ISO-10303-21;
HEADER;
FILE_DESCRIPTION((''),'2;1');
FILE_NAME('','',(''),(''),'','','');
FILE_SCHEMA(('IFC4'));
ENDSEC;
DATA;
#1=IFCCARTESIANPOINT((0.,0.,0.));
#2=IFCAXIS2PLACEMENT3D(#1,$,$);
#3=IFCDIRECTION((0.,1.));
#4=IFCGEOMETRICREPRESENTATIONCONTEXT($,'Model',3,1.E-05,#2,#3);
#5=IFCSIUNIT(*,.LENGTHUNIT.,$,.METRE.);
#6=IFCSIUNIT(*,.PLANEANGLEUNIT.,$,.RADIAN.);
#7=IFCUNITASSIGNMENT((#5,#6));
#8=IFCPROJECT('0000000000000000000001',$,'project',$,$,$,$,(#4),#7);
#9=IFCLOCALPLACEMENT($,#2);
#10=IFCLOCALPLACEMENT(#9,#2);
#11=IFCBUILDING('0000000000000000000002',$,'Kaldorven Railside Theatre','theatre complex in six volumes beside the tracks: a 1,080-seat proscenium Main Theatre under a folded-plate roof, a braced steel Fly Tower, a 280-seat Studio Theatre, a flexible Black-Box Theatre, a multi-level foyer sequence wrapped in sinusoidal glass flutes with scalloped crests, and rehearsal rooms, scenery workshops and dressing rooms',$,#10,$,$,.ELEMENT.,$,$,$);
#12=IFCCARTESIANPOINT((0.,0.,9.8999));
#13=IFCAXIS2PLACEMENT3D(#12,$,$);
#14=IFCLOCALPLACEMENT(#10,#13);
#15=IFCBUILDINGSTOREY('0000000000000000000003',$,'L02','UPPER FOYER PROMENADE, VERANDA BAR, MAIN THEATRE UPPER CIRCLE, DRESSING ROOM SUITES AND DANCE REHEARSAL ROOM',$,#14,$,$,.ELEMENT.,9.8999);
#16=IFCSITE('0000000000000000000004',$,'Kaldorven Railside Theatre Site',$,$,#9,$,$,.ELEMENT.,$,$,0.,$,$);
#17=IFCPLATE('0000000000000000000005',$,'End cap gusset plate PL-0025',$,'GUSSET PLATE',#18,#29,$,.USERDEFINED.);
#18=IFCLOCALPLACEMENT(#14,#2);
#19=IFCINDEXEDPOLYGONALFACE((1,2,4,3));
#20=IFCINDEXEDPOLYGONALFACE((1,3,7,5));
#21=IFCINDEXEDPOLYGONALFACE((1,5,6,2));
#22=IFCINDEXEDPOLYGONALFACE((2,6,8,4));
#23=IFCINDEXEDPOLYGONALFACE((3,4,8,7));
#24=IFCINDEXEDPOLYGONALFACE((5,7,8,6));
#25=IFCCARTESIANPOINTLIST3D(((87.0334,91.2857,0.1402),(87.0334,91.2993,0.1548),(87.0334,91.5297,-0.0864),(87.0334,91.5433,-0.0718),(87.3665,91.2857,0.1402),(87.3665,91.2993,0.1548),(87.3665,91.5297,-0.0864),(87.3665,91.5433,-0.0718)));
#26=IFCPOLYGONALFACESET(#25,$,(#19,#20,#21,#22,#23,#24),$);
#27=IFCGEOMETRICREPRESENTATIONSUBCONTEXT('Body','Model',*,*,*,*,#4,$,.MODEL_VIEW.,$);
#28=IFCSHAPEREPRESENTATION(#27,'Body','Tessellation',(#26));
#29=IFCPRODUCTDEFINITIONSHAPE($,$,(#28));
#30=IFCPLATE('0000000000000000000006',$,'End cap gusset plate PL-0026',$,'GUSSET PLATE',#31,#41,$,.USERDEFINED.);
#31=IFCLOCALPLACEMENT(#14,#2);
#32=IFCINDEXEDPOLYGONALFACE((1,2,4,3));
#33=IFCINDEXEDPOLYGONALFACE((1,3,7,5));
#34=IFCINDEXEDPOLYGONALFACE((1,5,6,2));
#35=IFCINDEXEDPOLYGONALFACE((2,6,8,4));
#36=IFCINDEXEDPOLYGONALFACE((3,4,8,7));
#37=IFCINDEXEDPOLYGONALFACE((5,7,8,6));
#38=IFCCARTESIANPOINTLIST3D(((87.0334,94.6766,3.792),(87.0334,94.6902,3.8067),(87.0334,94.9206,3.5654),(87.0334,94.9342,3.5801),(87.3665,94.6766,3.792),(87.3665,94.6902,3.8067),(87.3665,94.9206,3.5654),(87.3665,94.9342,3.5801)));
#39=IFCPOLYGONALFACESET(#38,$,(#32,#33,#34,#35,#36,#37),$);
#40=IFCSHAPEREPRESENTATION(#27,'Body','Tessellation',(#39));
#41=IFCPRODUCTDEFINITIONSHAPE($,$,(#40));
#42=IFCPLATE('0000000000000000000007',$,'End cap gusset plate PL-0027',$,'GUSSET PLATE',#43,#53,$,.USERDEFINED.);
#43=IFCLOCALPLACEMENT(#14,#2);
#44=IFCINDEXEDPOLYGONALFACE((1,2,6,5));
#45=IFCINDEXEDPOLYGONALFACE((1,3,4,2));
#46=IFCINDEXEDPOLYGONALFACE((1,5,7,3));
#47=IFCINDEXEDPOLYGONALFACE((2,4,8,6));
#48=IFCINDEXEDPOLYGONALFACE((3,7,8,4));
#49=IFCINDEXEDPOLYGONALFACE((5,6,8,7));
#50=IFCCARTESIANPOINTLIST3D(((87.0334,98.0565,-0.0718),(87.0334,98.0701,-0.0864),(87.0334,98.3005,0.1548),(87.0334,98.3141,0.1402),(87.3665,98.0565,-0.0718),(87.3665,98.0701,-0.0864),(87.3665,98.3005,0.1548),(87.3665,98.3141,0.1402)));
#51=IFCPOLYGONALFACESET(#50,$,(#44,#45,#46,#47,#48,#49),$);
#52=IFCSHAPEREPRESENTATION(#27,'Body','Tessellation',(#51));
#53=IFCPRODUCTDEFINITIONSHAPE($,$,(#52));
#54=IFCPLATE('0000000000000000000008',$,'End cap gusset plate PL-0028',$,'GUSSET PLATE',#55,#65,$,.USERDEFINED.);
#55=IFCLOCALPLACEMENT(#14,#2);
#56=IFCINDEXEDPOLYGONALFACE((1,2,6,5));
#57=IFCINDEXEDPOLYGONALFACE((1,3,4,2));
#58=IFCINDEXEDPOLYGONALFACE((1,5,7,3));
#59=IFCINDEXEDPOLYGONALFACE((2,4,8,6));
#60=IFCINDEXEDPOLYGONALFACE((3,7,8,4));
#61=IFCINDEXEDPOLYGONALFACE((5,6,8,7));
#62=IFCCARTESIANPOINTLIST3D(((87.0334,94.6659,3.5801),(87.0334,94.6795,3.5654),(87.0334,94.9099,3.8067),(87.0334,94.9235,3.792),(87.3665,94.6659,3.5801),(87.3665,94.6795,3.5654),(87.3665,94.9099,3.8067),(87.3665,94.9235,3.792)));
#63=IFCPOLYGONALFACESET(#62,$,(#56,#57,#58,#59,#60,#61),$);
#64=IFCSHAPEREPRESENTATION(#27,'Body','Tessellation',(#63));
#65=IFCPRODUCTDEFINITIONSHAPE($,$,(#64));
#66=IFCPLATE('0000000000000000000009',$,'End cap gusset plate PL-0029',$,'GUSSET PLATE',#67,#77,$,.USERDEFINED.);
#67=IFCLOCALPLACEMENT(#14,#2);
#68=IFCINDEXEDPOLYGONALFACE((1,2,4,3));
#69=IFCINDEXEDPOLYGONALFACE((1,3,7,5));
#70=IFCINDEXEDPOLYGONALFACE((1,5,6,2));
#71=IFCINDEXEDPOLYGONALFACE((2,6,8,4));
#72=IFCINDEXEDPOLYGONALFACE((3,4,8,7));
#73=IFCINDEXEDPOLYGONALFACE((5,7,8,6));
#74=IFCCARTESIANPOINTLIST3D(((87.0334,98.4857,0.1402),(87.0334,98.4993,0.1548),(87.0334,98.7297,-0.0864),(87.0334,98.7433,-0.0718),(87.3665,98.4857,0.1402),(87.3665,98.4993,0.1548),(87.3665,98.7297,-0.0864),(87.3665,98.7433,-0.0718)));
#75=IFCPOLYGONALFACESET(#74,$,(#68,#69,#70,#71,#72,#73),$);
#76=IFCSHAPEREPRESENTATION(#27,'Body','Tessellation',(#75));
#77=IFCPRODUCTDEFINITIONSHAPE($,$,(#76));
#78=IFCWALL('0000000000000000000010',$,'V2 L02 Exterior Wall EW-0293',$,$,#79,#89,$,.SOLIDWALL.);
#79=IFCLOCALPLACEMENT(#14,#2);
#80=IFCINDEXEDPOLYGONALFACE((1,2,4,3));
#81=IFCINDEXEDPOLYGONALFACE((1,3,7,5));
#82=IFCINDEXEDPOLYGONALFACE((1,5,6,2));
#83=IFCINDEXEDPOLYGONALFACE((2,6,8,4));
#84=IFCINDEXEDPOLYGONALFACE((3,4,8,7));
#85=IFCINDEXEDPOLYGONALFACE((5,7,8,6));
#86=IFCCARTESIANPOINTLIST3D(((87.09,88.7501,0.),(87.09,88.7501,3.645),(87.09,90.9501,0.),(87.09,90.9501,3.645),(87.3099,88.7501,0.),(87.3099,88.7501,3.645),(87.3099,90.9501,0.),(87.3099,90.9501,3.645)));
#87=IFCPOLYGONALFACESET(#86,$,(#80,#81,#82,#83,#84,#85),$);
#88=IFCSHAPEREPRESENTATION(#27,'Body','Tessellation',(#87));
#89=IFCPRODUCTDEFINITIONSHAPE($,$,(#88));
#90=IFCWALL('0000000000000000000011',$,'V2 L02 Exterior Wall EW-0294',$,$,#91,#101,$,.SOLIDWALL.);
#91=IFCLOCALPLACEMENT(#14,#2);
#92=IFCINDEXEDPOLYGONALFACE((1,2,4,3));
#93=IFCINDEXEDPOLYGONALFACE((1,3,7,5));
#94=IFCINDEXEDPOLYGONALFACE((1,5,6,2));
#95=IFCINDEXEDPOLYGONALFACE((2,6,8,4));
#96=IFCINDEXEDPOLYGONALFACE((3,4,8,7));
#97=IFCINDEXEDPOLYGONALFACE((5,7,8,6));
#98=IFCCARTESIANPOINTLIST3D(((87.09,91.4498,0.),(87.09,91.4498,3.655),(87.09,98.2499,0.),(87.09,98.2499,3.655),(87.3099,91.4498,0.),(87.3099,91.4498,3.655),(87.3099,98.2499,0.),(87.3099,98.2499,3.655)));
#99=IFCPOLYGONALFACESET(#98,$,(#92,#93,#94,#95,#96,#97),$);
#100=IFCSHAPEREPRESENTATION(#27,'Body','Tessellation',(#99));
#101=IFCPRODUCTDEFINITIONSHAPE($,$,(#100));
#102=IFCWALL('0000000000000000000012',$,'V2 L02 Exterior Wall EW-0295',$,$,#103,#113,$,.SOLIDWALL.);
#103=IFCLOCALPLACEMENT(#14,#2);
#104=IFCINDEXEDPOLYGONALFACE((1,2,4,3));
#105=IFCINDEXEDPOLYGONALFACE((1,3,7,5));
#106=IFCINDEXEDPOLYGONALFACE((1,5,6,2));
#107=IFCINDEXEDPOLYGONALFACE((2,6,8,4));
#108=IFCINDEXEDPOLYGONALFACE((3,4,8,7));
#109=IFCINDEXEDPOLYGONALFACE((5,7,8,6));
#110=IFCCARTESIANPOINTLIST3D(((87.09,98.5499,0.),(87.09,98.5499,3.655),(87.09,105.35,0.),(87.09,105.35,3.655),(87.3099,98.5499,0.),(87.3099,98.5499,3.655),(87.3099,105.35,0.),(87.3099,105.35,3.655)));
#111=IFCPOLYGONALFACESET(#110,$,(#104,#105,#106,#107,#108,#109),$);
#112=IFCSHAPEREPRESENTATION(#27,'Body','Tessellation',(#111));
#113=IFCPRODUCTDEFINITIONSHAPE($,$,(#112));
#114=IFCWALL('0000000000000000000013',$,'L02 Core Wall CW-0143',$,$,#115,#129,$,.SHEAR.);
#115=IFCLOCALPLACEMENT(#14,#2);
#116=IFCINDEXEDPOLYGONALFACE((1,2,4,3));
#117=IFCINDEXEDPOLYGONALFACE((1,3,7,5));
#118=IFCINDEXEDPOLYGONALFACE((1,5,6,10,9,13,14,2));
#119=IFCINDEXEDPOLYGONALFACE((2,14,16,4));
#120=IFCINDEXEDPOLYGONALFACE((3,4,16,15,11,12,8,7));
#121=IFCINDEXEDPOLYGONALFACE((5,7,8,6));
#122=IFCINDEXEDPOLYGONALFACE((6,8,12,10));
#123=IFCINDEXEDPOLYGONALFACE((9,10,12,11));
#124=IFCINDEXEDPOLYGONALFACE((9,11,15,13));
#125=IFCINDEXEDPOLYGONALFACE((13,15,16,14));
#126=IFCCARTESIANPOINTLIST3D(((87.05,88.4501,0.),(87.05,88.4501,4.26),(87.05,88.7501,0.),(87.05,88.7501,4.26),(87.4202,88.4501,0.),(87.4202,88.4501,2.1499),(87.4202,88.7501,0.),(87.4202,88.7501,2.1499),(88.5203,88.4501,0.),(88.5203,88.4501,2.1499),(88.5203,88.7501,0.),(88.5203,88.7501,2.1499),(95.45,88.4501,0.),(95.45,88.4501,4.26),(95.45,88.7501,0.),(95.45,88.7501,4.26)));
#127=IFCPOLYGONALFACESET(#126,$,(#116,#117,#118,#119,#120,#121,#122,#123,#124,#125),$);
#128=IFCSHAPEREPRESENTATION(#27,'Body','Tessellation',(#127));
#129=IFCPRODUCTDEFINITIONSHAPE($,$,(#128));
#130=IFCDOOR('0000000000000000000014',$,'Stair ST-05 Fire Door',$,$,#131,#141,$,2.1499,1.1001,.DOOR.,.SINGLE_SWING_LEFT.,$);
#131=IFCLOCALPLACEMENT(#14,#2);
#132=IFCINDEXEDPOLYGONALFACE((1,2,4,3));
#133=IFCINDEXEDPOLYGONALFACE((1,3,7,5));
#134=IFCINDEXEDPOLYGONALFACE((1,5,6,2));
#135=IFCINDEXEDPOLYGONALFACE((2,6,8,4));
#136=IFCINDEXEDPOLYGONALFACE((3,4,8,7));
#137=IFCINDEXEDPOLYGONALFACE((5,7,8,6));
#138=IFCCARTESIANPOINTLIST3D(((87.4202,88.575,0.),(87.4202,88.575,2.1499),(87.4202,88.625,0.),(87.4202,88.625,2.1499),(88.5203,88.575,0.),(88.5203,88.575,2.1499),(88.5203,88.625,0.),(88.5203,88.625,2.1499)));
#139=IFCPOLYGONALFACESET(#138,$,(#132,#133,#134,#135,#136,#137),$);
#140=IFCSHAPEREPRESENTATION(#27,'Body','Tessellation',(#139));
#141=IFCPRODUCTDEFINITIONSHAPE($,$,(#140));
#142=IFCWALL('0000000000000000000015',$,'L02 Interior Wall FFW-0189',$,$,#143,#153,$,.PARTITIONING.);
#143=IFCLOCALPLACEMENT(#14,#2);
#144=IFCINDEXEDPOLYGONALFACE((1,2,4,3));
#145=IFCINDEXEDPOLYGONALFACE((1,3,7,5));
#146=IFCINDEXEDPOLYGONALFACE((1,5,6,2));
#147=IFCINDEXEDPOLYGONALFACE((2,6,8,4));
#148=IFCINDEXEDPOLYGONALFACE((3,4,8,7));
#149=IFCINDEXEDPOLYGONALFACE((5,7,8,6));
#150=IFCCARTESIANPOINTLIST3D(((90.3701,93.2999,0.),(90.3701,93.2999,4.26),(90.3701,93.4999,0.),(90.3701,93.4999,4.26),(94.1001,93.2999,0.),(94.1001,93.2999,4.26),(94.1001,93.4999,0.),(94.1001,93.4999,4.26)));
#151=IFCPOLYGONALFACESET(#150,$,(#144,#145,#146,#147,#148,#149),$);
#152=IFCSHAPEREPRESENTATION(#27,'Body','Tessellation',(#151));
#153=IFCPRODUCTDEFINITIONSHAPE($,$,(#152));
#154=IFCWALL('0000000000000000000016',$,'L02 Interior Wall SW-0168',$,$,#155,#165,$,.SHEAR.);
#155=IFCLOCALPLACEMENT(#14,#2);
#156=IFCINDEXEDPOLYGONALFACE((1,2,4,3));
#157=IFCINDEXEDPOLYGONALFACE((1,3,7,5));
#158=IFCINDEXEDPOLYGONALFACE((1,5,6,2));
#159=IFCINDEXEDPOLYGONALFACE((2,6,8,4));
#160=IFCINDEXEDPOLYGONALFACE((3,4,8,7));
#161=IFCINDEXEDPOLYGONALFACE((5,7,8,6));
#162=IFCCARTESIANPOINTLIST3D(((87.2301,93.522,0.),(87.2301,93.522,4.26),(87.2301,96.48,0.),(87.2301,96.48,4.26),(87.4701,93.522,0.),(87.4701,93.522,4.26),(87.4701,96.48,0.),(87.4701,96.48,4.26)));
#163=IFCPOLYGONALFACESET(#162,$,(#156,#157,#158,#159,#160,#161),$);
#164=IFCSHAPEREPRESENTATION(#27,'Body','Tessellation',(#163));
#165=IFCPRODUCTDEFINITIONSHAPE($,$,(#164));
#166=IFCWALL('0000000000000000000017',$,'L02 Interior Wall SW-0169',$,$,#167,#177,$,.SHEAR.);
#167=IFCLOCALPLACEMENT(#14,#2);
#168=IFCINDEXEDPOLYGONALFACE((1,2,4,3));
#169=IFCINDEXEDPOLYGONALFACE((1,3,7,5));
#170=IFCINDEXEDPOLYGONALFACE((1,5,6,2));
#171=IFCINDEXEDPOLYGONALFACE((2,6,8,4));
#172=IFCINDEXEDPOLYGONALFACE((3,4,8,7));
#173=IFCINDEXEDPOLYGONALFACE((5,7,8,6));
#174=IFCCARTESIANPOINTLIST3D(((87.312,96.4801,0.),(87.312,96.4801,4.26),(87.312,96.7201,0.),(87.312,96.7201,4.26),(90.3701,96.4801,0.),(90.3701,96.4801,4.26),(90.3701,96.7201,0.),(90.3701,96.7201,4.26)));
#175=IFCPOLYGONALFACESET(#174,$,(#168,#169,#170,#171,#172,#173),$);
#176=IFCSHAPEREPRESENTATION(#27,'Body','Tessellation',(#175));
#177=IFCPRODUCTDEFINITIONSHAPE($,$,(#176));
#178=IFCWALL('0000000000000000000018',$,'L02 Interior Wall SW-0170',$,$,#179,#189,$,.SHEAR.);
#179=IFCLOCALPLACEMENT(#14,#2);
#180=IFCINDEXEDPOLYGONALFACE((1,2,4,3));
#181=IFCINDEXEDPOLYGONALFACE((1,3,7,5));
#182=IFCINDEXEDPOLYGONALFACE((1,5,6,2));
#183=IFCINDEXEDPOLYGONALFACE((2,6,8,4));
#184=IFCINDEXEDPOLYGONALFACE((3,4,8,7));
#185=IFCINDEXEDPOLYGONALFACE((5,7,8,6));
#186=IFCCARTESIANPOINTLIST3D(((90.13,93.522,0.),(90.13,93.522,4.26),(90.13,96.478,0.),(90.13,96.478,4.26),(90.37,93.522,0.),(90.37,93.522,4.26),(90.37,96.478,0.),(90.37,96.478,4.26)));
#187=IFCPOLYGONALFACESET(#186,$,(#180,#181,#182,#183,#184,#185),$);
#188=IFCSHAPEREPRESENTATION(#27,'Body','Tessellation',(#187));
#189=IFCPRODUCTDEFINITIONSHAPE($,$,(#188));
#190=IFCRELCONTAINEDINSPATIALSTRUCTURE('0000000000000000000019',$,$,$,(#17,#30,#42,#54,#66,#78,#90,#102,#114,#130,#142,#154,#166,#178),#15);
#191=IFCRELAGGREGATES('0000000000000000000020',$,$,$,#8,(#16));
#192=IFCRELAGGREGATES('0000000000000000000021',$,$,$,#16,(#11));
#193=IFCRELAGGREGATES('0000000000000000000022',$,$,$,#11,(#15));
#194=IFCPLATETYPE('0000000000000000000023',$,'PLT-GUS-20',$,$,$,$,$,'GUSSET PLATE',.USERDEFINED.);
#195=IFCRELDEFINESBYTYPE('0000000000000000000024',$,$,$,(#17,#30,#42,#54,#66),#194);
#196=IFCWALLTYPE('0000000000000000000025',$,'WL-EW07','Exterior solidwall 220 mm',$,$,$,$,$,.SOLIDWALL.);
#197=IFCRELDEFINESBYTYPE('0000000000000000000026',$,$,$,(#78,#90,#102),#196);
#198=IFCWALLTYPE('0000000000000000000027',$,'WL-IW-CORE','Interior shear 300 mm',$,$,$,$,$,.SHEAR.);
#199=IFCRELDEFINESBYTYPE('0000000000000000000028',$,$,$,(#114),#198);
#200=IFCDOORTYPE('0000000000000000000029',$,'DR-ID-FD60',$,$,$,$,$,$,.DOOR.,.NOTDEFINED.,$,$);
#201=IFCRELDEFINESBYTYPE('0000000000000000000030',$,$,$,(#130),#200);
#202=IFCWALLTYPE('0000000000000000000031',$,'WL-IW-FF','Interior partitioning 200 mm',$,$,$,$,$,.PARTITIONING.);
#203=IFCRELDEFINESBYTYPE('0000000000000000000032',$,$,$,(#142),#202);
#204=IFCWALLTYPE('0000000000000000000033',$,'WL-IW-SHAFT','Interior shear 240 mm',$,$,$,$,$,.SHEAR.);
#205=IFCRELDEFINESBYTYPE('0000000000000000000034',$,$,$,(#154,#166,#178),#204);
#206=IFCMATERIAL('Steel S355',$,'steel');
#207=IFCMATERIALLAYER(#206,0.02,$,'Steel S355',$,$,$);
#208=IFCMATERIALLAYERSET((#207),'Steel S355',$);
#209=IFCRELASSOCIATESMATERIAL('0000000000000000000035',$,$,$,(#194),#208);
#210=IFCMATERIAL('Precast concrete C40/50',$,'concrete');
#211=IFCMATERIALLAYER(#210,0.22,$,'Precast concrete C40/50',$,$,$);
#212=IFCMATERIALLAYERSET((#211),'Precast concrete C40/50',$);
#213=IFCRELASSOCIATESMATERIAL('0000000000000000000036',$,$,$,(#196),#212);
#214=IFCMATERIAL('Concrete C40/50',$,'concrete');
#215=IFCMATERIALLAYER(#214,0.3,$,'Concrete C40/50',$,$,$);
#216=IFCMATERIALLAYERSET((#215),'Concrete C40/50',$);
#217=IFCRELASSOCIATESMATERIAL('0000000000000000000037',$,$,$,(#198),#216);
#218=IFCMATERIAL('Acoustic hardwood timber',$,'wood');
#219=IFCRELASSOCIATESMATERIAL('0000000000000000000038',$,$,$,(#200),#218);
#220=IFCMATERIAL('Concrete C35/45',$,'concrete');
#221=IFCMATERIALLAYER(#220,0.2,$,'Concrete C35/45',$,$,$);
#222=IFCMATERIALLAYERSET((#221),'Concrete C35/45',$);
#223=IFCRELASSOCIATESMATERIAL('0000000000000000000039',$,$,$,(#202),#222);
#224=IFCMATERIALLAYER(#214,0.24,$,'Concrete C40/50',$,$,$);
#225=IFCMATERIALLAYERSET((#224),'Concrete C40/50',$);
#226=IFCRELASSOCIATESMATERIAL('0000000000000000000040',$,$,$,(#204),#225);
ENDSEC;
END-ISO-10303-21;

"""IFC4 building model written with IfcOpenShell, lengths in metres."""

from ifc_helpers import new_model, si_unit, direction, frame, frame_2d, origin, origin_2d, place, context, subcontext, project, spatial, rectangle, extrude, material, layer, layer_set, type_object, element, fill, save


model = new_model("IFC4")

# Units and contexts
model_context = context("Model", 3, precision=1e-05, world=origin(), true_north=direction((0.0, 1.0)))
body_context = subcontext(model_context, "Body", "Model", "MODEL_VIEW")
ifc_project = project(units=[si_unit("LENGTHUNIT", "METRE"), si_unit("PLANEANGLEUNIT", "RADIAN")], contexts=[model_context])

# Site, building, storey
site_placement = place(None, origin())
site = spatial("IfcSite", under=ifc_project, at=site_placement, Name="Kaldorven Railside Theatre Site", CompositionType="ELEMENT", RefElevation=0.0)
building_placement = place(site_placement, origin())
building = spatial("IfcBuilding", under=site, at=building_placement, Name="Kaldorven Railside Theatre", Description="theatre complex in six volumes beside the tracks: a 1,080-seat proscenium Main Theatre under a folded-plate roof, a braced steel Fly Tower, a 280-seat Studio Theatre, a flexible Black-Box Theatre, a multi-level foyer sequence wrapped in sinusoidal glass flutes with scalloped crests, and rehearsal rooms, scenery workshops and dressing rooms", CompositionType="ELEMENT")
storey_placement = place(building_placement, frame((0.0, 0.0, 9.8999)))
storey = spatial("IfcBuildingStorey", under=building, at=storey_placement, Name="L02", Description="UPPER FOYER PROMENADE, VERANDA BAR, MAIN THEATRE UPPER CIRCLE, DRESSING ROOM SUITES AND DANCE REHEARSAL ROOM", CompositionType="ELEMENT", Elevation=9.8999)

# Shared definitions
ifc_material_1 = material(Name="Steel S355", Category="steel")

# Plates
ifc_layer_1 = layer(ifc_material_1, 0.02, Name="Steel S355")
ifc_layer_set_1 = layer_set([ifc_layer_1], Name="Steel S355")
plate_type = type_object("IfcPlateType", Name="PLT-GUS-20", ElementType="GUSSET PLATE", PredefinedType="USERDEFINED", material=ifc_layer_set_1)
for number, where, z_axis, x_axis, name in (
    (1, (87.2, 91.4077, 0.0269), (0.0, 0.680465, 0.73278), (-1.0, 0.0, 0.0), "End cap gusset plate PL-0025"),
    (2, (87.2, 94.7986, 3.6787), (0.0, 0.680465, 0.73278), (-1.0, 0.0, 0.0), "End cap gusset plate PL-0026"),
    (3, (87.2, 98.1921, 0.0269), (0.0, -0.680465, 0.73278), (1.0, 0.0, 0.0), "End cap gusset plate PL-0027"),
    (4, (87.2, 94.8015, 3.6787), (0.0, -0.680465, 0.73278), (1.0, 0.0, 0.0), "End cap gusset plate PL-0028"),
    (5, (87.2, 98.6077, 0.0269), (0.0, 0.680465, 0.73278), (-1.0, 0.0, 0.0), "End cap gusset plate PL-0029"),
):
    element("IfcPlate", number, at=place(storey_placement, frame(where, z_axis=z_axis, x_axis=x_axis)), inside=storey, type_object=plate_type, Name=name, ObjectType="GUSSET PLATE", PredefinedType="USERDEFINED", context=body_context, shape_type="SweptSolid", body=[
        extrude(rectangle(XDim=0.333, YDim=0.333, at=origin_2d()), origin(), (0.0, 0.0, 1.0), 0.02),
    ])

# Walls
ifc_material_2 = material(Name="Precast concrete C40/50", Category="concrete")
ifc_layer_2 = layer(ifc_material_2, 0.22, Name="Precast concrete C40/50")
ifc_layer_set_2 = layer_set([ifc_layer_2], Name="Precast concrete C40/50")
wall_type_1 = type_object("IfcWallType", Name="WL-EW07", Description="Exterior solidwall 220 mm", PredefinedType="SOLIDWALL", material=ifc_layer_set_2)
wall_1_placement = place(storey_placement, frame((87.2, 88.75, 0.0), z_axis=(0.0, 0.0, 1.0), x_axis=(0.0, 1.0, 0.0)))
element("IfcWall", 6, at=wall_1_placement, inside=storey, type_object=wall_type_1, Name="V2 L02 Exterior Wall EW-0293", PredefinedType="SOLIDWALL", context=body_context, shape_type="SweptSolid", body=[
    extrude(rectangle(XDim=2.2, YDim=0.22, at=frame_2d((1.1001, 0.0))), origin(), (0.0, 0.0, 1.0), 3.645),
])
for number, where, z_axis, x_axis, name in (
    (7, (87.2, 91.45, 0.0), (0.0, 0.0, 1.0), (0.0, 1.0, 0.0), "V2 L02 Exterior Wall EW-0294"),
    (8, (87.2, 98.55, 0.0), (0.0, 0.0, 1.0), (0.0, 1.0, 0.0), "V2 L02 Exterior Wall EW-0295"),
):
    element("IfcWall", number, at=place(storey_placement, frame(where, z_axis=z_axis, x_axis=x_axis)), inside=storey, type_object=wall_type_1, Name=name, PredefinedType="SOLIDWALL", context=body_context, shape_type="SweptSolid", body=[
        extrude(rectangle(XDim=6.8, YDim=0.22, at=frame_2d((3.3999, 0.0))), origin(), (0.0, 0.0, 1.0), 3.655),
    ])

# Wall, opening, door
ifc_material_3 = material(Name="Concrete C40/50", Category="concrete")
ifc_layer_3 = layer(ifc_material_3, 0.3, Name="Concrete C40/50")
ifc_layer_set_3 = layer_set([ifc_layer_3], Name="Concrete C40/50")
wall_type_2 = type_object("IfcWallType", Name="WL-IW-CORE", Description="Interior shear 300 mm", PredefinedType="SHEAR", material=ifc_layer_set_3)
wall_2_placement = place(storey_placement, frame((87.05, 88.6001, 0.0), z_axis=(0.0, 0.0, 1.0), x_axis=(1.0, 0.0, 0.0)))
wall_2 = element("IfcWall", 9, at=wall_2_placement, inside=storey, type_object=wall_type_2, Name="L02 Core Wall CW-0143", PredefinedType="SHEAR", context=body_context, shape_type="SweptSolid", body=[
    extrude(rectangle(XDim=8.3999, YDim=0.3, at=frame_2d((4.2, 0.0))), origin(), (0.0, 0.0, 1.0), 4.26),
])
opening_1_placement = place(wall_2_placement, frame((0.3701, 0.0, 0.0)))
opening_1 = element("IfcOpeningElement", 10, at=opening_1_placement, cuts=wall_2, PredefinedType="OPENING", context=body_context, shape_type="SweptSolid", body=[
    extrude(rectangle(XDim=1.1001, YDim=2.1499, at=frame_2d((0.55, 1.075))), frame((0.0, 0.1602, 0.0), z_axis=(0.0, -1.0, 0.0), x_axis=(1.0, 0.0, 0.0)), (0.0, 0.0, 1.0), 0.3201),
])
ifc_material_4 = material(Name="Acoustic hardwood timber", Category="wood")
door_type_1 = type_object("IfcDoorType", Name="DR-ID-FD60", OperationType="NOTDEFINED", PredefinedType="DOOR", material=ifc_material_4)
door_1_placement = place(opening_1_placement, origin())
door_1 = element("IfcDoor", 11, at=door_1_placement, inside=storey, type_object=door_type_1, Name="Stair ST-05 Fire Door", OperationType="SINGLE_SWING_LEFT", OverallHeight=2.1499, OverallWidth=1.1001, PredefinedType="DOOR", context=body_context, shape_type="SweptSolid", body=[
    extrude(rectangle(XDim=1.1001, YDim=2.1499, at=frame_2d((0.55, 1.075))), frame((0.0, 0.0249, 0.0), z_axis=(0.0, -1.0, 0.0), x_axis=(1.0, 0.0, 0.0)), (0.0, 0.0, 1.0), 0.05),
])
fill(opening_1, door_1)

# Wall
ifc_material_5 = material(Name="Concrete C35/45", Category="concrete")
ifc_layer_4 = layer(ifc_material_5, 0.2, Name="Concrete C35/45")
ifc_layer_set_4 = layer_set([ifc_layer_4], Name="Concrete C35/45")
wall_type_3 = type_object("IfcWallType", Name="WL-IW-FF", Description="Interior partitioning 200 mm", PredefinedType="PARTITIONING", material=ifc_layer_set_4)
wall_3_placement = place(storey_placement, frame((90.3701, 93.3999, 0.0), z_axis=(0.0, 0.0, 1.0), x_axis=(1.0, 0.0, 0.0)))
element("IfcWall", 12, at=wall_3_placement, inside=storey, type_object=wall_type_3, Name="L02 Interior Wall FFW-0189", PredefinedType="PARTITIONING", context=body_context, shape_type="SweptSolid", body=[
    extrude(rectangle(XDim=3.73, YDim=0.2, at=frame_2d((1.865, 0.0))), origin(), (0.0, 0.0, 1.0), 4.26),
])

# Shared definitions
ifc_layer_5 = layer(ifc_material_3, 0.24, Name="Concrete C40/50")
ifc_layer_set_5 = layer_set([ifc_layer_5], Name="Concrete C40/50")
wall_type_4 = type_object("IfcWallType", Name="WL-IW-SHAFT", Description="Interior shear 240 mm", PredefinedType="SHEAR", material=ifc_layer_set_5)

# Walls
wall_4_placement = place(storey_placement, frame((87.3501, 93.522, 0.0), z_axis=(0.0, 0.0, 1.0), x_axis=(0.0, 1.0, 0.0)))
element("IfcWall", 13, at=wall_4_placement, inside=storey, type_object=wall_type_4, Name="L02 Interior Wall SW-0168", PredefinedType="SHEAR", context=body_context, shape_type="SweptSolid", body=[
    extrude(rectangle(XDim=2.958, YDim=0.24, at=frame_2d((1.479, 0.0))), origin(), (0.0, 0.0, 1.0), 4.26),
])
wall_5_placement = place(storey_placement, frame((87.312, 96.6001, 0.0), z_axis=(0.0, 0.0, 1.0), x_axis=(1.0, 0.0, 0.0)))
element("IfcWall", 14, at=wall_5_placement, inside=storey, type_object=wall_type_4, Name="L02 Interior Wall SW-0169", PredefinedType="SHEAR", context=body_context, shape_type="SweptSolid", body=[
    extrude(rectangle(XDim=3.0581, YDim=0.24, at=frame_2d((1.5291, 0.0))), origin(), (0.0, 0.0, 1.0), 4.26),
])
wall_6_placement = place(storey_placement, frame((90.25, 96.478, 0.0), z_axis=(0.0, 0.0, 1.0), x_axis=(0.0, -1.0, 0.0)))
element("IfcWall", 15, at=wall_6_placement, inside=storey, type_object=wall_type_4, Name="L02 Interior Wall SW-0170", PredefinedType="SHEAR", context=body_context, shape_type="SweptSolid", body=[
    extrude(rectangle(XDim=2.9561, YDim=0.24, at=frame_2d((1.478, 0.0))), origin(), (0.0, 0.0, 1.0), 4.26),
])

save(model, "model.ifc")
